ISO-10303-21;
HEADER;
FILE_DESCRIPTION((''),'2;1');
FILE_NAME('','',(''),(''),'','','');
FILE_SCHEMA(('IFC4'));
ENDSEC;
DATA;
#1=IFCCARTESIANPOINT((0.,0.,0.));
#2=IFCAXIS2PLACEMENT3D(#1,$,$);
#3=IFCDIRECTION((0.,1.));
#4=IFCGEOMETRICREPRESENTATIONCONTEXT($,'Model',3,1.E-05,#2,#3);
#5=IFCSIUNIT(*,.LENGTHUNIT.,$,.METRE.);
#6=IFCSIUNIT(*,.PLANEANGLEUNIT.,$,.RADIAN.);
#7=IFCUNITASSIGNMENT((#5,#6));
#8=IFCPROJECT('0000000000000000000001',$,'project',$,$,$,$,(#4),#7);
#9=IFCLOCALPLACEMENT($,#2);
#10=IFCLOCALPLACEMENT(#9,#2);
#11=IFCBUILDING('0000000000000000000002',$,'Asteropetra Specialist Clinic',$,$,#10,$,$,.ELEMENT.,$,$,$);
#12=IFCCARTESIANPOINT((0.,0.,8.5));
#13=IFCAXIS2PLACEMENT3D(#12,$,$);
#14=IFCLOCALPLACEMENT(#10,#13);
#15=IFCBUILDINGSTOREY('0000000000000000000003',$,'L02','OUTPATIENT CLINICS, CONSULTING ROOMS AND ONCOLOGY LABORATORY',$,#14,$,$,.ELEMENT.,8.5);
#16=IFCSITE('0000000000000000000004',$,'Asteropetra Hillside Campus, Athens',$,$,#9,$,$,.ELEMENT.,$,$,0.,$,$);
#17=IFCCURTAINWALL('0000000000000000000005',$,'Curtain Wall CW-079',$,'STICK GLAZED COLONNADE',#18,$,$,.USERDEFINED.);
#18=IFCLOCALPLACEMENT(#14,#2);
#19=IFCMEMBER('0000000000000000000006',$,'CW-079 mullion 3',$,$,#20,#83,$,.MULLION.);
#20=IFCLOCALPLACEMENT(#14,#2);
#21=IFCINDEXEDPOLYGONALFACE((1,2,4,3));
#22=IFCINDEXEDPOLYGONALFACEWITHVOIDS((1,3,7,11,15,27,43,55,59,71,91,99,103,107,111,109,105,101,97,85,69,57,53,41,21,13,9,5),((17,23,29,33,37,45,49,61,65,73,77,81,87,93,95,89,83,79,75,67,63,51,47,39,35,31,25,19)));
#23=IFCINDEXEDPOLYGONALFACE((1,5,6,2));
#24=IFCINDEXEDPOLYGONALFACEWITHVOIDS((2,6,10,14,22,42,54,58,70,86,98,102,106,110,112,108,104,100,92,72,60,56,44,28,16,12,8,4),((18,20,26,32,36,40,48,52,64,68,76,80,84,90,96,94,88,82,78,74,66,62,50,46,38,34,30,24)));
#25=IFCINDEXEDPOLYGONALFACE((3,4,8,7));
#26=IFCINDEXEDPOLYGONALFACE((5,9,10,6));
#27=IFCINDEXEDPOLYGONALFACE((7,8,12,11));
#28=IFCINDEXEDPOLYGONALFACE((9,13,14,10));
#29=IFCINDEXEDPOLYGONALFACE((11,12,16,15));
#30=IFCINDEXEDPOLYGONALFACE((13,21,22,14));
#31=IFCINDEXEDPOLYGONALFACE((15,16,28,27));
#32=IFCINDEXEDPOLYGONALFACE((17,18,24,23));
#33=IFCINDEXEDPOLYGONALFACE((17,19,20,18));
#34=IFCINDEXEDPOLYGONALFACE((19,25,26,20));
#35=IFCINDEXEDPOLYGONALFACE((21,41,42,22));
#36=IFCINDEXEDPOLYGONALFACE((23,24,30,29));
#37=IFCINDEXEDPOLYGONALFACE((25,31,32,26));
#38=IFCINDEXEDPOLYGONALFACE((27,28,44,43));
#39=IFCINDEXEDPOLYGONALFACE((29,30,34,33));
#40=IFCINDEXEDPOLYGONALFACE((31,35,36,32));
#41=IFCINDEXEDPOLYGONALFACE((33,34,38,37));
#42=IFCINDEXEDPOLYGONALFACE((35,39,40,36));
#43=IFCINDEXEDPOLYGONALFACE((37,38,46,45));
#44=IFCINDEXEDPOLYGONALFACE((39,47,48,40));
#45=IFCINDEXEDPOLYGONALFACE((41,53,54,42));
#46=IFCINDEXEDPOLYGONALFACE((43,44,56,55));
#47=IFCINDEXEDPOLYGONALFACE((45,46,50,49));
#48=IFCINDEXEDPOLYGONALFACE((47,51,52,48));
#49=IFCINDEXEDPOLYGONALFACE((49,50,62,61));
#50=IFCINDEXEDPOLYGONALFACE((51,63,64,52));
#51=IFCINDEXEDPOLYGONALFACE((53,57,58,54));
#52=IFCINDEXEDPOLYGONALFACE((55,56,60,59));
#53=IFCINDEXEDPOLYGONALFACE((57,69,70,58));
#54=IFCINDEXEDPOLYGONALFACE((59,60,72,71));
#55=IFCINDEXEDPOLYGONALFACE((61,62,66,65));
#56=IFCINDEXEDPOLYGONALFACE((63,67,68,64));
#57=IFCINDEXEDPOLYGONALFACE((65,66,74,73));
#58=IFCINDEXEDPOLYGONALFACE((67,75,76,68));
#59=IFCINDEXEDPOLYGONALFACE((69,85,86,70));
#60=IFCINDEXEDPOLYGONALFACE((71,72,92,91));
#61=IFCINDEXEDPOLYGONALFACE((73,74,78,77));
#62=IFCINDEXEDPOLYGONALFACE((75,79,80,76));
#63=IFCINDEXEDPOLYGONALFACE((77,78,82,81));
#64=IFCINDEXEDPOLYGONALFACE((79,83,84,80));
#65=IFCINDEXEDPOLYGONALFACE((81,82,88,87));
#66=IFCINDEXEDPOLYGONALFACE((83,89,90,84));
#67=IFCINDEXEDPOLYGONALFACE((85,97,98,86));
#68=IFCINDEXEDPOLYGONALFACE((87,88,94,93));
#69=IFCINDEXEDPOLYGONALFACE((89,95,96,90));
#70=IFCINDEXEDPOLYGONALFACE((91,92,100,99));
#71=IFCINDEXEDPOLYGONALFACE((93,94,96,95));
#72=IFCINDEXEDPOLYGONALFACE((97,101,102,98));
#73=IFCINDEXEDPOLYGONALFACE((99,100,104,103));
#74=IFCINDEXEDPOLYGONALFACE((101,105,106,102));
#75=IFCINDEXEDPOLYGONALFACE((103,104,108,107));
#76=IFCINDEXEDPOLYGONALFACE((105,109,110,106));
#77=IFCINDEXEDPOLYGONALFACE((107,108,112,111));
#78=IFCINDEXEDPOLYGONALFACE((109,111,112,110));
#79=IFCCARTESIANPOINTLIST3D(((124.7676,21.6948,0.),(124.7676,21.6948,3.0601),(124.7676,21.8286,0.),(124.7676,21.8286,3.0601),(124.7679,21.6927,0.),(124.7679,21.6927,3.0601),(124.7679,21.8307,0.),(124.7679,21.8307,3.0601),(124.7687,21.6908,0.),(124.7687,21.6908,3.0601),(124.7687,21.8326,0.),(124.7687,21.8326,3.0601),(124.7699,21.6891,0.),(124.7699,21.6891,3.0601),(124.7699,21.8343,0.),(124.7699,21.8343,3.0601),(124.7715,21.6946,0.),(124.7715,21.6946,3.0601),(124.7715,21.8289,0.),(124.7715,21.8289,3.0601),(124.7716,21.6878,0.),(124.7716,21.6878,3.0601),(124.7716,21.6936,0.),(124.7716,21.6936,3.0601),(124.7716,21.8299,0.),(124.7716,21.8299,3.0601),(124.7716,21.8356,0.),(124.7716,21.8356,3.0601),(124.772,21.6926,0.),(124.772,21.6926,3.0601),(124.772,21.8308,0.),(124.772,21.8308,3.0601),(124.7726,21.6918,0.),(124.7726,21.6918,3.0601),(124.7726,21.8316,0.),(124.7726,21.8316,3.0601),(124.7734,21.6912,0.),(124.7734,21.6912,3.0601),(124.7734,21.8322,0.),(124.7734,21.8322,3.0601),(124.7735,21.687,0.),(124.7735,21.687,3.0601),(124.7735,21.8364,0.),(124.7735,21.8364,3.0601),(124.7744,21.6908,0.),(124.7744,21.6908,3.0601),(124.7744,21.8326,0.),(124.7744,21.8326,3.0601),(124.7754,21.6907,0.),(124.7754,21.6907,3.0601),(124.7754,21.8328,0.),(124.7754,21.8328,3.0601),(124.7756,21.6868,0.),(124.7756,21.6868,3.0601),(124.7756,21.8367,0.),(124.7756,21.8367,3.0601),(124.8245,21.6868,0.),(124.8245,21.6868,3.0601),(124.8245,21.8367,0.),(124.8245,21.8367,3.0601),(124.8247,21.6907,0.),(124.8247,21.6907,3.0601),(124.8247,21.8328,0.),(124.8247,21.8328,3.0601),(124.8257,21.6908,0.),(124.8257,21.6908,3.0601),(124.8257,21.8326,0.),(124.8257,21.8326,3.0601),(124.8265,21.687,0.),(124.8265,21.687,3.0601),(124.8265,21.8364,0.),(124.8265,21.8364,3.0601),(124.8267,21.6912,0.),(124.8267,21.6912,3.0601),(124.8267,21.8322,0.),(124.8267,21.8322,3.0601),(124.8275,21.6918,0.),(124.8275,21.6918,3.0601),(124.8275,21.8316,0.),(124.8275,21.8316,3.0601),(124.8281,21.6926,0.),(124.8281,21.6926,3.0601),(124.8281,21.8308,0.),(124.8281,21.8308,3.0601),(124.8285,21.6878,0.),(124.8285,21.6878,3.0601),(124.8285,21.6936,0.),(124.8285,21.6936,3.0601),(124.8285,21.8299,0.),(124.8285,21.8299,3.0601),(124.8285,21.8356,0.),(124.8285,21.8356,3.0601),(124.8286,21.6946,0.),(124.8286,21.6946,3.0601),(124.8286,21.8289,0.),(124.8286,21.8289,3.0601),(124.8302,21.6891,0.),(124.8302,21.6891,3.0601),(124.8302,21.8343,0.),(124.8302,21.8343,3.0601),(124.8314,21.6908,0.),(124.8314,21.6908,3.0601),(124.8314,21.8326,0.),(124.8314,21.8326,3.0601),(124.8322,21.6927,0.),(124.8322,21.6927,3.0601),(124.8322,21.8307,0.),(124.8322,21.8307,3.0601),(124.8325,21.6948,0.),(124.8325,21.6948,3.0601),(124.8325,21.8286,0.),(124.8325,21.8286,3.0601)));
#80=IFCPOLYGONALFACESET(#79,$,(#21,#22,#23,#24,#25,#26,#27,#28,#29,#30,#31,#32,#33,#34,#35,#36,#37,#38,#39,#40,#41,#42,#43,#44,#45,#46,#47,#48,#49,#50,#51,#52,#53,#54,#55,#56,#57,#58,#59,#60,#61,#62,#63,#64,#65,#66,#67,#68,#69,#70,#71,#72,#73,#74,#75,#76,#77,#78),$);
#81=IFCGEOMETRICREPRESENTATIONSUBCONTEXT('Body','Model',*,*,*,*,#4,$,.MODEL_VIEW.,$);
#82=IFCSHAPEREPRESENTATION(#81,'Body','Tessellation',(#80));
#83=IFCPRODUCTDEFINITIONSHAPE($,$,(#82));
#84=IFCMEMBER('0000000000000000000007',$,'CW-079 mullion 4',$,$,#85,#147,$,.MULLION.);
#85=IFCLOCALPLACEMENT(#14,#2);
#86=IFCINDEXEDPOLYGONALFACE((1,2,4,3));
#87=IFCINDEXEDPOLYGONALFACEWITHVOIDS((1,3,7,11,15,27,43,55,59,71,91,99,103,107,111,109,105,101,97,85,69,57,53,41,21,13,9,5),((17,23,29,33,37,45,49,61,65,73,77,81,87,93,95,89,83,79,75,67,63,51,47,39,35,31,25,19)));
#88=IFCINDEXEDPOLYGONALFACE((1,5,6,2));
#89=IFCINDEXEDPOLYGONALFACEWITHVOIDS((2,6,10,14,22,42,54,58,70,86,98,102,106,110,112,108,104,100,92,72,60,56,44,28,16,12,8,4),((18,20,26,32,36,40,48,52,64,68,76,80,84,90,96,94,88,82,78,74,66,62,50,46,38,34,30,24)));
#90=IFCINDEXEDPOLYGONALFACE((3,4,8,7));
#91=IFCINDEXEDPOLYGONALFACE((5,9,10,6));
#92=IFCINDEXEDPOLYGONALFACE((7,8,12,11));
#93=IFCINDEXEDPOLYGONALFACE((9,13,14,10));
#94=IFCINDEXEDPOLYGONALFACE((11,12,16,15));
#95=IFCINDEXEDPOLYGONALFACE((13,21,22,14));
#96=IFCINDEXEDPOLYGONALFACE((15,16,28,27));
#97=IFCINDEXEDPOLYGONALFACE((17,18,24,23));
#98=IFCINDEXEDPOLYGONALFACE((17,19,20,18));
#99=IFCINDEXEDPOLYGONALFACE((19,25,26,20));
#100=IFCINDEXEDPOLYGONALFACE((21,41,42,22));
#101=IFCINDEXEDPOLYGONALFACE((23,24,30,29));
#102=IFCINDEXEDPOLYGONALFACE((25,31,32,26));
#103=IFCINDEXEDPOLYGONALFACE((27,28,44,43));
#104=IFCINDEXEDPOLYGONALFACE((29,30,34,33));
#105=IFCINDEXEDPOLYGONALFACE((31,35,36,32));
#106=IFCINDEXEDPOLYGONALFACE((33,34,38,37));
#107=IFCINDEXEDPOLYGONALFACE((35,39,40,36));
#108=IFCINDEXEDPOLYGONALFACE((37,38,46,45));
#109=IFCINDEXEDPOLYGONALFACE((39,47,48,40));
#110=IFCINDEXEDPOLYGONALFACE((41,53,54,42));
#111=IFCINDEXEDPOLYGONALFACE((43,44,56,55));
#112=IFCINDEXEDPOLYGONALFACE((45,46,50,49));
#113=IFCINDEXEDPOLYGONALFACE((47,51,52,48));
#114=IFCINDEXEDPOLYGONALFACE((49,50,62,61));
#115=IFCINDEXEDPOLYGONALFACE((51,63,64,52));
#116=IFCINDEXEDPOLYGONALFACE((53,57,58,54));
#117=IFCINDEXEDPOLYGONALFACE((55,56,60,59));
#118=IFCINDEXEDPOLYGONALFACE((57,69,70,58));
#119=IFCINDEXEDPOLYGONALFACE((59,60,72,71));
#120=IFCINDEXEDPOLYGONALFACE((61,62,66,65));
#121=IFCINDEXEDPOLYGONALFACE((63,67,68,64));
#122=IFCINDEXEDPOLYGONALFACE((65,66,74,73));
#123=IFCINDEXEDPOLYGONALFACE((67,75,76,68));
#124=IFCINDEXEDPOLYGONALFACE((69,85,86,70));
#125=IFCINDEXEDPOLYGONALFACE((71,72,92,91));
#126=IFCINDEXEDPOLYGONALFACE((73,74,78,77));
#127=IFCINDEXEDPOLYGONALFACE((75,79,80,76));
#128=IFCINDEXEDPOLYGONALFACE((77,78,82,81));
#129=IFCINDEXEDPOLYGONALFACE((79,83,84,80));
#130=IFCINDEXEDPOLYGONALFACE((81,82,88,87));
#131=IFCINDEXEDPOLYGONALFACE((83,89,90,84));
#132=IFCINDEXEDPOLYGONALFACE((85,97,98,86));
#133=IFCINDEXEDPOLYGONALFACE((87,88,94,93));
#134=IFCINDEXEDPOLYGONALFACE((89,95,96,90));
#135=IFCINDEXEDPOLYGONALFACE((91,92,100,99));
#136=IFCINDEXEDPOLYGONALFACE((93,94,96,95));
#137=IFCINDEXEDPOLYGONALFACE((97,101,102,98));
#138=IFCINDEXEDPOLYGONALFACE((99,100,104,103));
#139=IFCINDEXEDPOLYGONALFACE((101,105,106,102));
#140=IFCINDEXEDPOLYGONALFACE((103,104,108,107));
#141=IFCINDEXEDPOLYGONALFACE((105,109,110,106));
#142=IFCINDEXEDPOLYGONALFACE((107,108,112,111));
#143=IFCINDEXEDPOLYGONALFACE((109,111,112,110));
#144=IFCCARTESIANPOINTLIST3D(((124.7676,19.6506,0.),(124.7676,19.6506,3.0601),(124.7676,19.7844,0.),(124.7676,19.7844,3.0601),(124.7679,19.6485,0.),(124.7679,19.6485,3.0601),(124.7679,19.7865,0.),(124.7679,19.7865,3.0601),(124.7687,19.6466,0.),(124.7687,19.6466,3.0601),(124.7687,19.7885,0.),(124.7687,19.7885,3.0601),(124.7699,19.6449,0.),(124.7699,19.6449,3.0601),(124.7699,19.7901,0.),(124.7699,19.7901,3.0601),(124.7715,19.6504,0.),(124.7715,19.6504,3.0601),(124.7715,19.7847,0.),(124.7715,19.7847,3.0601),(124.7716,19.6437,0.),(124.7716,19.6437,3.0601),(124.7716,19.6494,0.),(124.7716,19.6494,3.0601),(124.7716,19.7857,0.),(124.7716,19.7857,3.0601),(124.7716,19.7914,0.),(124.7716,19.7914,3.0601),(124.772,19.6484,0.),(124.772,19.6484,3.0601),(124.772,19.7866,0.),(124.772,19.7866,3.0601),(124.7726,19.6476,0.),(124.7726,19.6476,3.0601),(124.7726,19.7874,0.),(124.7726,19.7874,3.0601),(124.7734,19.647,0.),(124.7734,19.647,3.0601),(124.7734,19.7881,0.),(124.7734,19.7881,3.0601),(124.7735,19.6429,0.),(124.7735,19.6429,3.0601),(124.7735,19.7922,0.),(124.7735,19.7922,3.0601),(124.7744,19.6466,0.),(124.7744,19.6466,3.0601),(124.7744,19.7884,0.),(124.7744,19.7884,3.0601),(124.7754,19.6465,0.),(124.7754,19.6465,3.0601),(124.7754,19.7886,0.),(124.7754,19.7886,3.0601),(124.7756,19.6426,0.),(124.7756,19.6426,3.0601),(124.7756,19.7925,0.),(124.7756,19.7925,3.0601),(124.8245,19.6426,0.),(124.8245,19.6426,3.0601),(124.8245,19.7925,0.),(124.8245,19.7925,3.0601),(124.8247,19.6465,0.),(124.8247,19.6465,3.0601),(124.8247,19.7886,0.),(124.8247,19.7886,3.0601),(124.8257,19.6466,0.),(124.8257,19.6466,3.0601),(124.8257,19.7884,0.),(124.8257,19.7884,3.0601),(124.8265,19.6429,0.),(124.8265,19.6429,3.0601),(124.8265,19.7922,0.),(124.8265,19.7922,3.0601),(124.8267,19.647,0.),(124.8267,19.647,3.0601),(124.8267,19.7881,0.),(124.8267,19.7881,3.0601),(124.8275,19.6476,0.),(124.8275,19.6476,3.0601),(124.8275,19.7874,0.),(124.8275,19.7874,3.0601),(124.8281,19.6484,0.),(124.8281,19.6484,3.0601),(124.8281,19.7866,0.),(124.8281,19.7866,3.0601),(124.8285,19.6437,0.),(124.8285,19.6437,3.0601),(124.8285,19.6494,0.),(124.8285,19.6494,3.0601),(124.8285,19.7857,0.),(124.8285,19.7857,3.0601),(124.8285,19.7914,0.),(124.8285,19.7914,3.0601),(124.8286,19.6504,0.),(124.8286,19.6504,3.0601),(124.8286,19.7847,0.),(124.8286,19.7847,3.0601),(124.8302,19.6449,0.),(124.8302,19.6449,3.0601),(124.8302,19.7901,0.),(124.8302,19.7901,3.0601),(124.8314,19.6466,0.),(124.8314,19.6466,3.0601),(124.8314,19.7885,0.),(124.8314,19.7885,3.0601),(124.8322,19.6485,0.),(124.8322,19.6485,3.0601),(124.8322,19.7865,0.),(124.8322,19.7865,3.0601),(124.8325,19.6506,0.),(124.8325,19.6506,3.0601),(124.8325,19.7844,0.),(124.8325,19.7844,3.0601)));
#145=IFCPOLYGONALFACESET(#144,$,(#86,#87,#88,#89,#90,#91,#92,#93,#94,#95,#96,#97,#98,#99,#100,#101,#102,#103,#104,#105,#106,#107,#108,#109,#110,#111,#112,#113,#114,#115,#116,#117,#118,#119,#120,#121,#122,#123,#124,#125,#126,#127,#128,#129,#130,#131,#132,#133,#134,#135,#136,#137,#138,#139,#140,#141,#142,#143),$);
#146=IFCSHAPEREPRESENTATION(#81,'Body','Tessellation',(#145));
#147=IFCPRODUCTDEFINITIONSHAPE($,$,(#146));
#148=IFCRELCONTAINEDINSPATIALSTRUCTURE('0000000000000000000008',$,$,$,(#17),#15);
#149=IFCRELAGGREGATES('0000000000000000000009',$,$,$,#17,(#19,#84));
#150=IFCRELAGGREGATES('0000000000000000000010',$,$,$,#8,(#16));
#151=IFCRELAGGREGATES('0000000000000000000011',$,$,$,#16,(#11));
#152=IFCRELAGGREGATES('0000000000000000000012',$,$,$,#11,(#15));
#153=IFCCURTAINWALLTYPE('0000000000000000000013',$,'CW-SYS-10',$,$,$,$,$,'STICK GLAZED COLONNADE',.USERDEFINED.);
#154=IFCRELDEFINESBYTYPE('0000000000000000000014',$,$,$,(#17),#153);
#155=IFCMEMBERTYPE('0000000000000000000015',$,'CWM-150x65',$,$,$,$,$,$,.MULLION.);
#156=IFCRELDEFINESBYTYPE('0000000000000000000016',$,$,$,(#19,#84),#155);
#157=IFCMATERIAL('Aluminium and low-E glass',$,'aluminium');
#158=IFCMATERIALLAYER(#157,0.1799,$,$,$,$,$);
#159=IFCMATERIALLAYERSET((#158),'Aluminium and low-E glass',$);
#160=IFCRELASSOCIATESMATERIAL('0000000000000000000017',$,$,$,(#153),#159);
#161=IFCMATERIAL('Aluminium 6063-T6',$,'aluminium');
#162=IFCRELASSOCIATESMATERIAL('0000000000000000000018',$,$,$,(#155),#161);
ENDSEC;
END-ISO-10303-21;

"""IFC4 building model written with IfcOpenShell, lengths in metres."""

from ifc_helpers import new_model, si_unit, direction, frame, origin, origin_2d, place, context, subcontext, project, spatial, hollow_rectangle, extrude, material, layer, layer_set, material_profile, profile_set, type_object, element, aggregate, save


model = new_model("IFC4")

# Units and contexts
model_context = context("Model", 3, precision=1e-05, world=origin(), true_north=direction((0.0, 1.0)))
body_context = subcontext(model_context, "Body", "Model", "MODEL_VIEW")
ifc_project = project(units=[si_unit("LENGTHUNIT", "METRE"), si_unit("PLANEANGLEUNIT", "RADIAN")], contexts=[model_context])

# Site, building, storey
site_placement = place(None, origin())
site = spatial("IfcSite", under=ifc_project, at=site_placement, Name="Asteropetra Hillside Campus, Athens", CompositionType="ELEMENT", RefElevation=0.0)
building_placement = place(site_placement, origin())
building = spatial("IfcBuilding", under=site, at=building_placement, Name="Asteropetra Specialist Clinic", CompositionType="ELEMENT")
storey_placement = place(building_placement, frame((0.0, 0.0, 8.5)))
storey = spatial("IfcBuildingStorey", under=building, at=storey_placement, Name="L02", Description="OUTPATIENT CLINICS, CONSULTING ROOMS AND ONCOLOGY LABORATORY", CompositionType="ELEMENT", Elevation=8.5)

# Curtain wall, members
ifc_material_1 = material(Name="Aluminium and low-E glass", Category="aluminium")
ifc_layer_1 = layer(ifc_material_1, 0.1799)
ifc_layer_set_1 = layer_set([ifc_layer_1], Name="Aluminium and low-E glass")
curtain_wall_type_1 = type_object("IfcCurtainWallType", Name="CW-SYS-10", ElementType="STICK GLAZED COLONNADE", PredefinedType="USERDEFINED", material=ifc_layer_set_1)
curtain_wall_1_placement = place(storey_placement, origin())
curtain_wall_1 = element("IfcCurtainWall", 1, at=curtain_wall_1_placement, inside=storey, type_object=curtain_wall_type_1, Name="Curtain Wall CW-079", ObjectType="STICK GLAZED COLONNADE", PredefinedType="USERDEFINED")
ifc_material_2 = material(Name="Aluminium 6063-T6", Category="aluminium")
ifc_material_profile_1 = material_profile(ifc_material_2, hollow_rectangle(XDim=0.0649, YDim=0.1499, WallThickness=0.0039, InnerFilletRadius=0.0039, OuterFilletRadius=0.0081, at=origin_2d()), Name="MUL 150x65x4.0")
ifc_profile_set_1 = profile_set([ifc_material_profile_1], Name="Aluminium 6063-T6")
member_type_1 = type_object("IfcMemberType", Name="CWM-150x65", PredefinedType="MULLION", material=ifc_profile_set_1)
member_1_placement = place(storey_placement, frame((124.8, 21.7617, 0.0), z_axis=(0.0, 0.0, 1.0), x_axis=(1.0, 0.0, 0.0)))
member_1 = element("IfcMember", 2, at=member_1_placement, type_object=member_type_1, Name="CW-079 mullion 3", PredefinedType="MULLION", context=body_context, shape_type="SweptSolid", body=[
    extrude(hollow_rectangle(XDim=0.0649, YDim=0.1499, WallThickness=0.0039, InnerFilletRadius=0.0039, OuterFilletRadius=0.0081, at=origin_2d()), origin(), (0.0, 0.0, 1.0), 3.0601),
])
member_2_placement = place(storey_placement, frame((124.8, 19.7175, 0.0), z_axis=(0.0, 0.0, 1.0), x_axis=(1.0, 0.0, 0.0)))
member_2 = element("IfcMember", 3, at=member_2_placement, type_object=member_type_1, Name="CW-079 mullion 4", PredefinedType="MULLION", context=body_context, shape_type="SweptSolid", body=[
    extrude(hollow_rectangle(XDim=0.0649, YDim=0.1499, WallThickness=0.0039, InnerFilletRadius=0.0039, OuterFilletRadius=0.0081, at=origin_2d()), origin(), (0.0, 0.0, 1.0), 3.0601),
])

aggregate(curtain_wall_1, [member_1, member_2])

save(model, "model.ifc")
